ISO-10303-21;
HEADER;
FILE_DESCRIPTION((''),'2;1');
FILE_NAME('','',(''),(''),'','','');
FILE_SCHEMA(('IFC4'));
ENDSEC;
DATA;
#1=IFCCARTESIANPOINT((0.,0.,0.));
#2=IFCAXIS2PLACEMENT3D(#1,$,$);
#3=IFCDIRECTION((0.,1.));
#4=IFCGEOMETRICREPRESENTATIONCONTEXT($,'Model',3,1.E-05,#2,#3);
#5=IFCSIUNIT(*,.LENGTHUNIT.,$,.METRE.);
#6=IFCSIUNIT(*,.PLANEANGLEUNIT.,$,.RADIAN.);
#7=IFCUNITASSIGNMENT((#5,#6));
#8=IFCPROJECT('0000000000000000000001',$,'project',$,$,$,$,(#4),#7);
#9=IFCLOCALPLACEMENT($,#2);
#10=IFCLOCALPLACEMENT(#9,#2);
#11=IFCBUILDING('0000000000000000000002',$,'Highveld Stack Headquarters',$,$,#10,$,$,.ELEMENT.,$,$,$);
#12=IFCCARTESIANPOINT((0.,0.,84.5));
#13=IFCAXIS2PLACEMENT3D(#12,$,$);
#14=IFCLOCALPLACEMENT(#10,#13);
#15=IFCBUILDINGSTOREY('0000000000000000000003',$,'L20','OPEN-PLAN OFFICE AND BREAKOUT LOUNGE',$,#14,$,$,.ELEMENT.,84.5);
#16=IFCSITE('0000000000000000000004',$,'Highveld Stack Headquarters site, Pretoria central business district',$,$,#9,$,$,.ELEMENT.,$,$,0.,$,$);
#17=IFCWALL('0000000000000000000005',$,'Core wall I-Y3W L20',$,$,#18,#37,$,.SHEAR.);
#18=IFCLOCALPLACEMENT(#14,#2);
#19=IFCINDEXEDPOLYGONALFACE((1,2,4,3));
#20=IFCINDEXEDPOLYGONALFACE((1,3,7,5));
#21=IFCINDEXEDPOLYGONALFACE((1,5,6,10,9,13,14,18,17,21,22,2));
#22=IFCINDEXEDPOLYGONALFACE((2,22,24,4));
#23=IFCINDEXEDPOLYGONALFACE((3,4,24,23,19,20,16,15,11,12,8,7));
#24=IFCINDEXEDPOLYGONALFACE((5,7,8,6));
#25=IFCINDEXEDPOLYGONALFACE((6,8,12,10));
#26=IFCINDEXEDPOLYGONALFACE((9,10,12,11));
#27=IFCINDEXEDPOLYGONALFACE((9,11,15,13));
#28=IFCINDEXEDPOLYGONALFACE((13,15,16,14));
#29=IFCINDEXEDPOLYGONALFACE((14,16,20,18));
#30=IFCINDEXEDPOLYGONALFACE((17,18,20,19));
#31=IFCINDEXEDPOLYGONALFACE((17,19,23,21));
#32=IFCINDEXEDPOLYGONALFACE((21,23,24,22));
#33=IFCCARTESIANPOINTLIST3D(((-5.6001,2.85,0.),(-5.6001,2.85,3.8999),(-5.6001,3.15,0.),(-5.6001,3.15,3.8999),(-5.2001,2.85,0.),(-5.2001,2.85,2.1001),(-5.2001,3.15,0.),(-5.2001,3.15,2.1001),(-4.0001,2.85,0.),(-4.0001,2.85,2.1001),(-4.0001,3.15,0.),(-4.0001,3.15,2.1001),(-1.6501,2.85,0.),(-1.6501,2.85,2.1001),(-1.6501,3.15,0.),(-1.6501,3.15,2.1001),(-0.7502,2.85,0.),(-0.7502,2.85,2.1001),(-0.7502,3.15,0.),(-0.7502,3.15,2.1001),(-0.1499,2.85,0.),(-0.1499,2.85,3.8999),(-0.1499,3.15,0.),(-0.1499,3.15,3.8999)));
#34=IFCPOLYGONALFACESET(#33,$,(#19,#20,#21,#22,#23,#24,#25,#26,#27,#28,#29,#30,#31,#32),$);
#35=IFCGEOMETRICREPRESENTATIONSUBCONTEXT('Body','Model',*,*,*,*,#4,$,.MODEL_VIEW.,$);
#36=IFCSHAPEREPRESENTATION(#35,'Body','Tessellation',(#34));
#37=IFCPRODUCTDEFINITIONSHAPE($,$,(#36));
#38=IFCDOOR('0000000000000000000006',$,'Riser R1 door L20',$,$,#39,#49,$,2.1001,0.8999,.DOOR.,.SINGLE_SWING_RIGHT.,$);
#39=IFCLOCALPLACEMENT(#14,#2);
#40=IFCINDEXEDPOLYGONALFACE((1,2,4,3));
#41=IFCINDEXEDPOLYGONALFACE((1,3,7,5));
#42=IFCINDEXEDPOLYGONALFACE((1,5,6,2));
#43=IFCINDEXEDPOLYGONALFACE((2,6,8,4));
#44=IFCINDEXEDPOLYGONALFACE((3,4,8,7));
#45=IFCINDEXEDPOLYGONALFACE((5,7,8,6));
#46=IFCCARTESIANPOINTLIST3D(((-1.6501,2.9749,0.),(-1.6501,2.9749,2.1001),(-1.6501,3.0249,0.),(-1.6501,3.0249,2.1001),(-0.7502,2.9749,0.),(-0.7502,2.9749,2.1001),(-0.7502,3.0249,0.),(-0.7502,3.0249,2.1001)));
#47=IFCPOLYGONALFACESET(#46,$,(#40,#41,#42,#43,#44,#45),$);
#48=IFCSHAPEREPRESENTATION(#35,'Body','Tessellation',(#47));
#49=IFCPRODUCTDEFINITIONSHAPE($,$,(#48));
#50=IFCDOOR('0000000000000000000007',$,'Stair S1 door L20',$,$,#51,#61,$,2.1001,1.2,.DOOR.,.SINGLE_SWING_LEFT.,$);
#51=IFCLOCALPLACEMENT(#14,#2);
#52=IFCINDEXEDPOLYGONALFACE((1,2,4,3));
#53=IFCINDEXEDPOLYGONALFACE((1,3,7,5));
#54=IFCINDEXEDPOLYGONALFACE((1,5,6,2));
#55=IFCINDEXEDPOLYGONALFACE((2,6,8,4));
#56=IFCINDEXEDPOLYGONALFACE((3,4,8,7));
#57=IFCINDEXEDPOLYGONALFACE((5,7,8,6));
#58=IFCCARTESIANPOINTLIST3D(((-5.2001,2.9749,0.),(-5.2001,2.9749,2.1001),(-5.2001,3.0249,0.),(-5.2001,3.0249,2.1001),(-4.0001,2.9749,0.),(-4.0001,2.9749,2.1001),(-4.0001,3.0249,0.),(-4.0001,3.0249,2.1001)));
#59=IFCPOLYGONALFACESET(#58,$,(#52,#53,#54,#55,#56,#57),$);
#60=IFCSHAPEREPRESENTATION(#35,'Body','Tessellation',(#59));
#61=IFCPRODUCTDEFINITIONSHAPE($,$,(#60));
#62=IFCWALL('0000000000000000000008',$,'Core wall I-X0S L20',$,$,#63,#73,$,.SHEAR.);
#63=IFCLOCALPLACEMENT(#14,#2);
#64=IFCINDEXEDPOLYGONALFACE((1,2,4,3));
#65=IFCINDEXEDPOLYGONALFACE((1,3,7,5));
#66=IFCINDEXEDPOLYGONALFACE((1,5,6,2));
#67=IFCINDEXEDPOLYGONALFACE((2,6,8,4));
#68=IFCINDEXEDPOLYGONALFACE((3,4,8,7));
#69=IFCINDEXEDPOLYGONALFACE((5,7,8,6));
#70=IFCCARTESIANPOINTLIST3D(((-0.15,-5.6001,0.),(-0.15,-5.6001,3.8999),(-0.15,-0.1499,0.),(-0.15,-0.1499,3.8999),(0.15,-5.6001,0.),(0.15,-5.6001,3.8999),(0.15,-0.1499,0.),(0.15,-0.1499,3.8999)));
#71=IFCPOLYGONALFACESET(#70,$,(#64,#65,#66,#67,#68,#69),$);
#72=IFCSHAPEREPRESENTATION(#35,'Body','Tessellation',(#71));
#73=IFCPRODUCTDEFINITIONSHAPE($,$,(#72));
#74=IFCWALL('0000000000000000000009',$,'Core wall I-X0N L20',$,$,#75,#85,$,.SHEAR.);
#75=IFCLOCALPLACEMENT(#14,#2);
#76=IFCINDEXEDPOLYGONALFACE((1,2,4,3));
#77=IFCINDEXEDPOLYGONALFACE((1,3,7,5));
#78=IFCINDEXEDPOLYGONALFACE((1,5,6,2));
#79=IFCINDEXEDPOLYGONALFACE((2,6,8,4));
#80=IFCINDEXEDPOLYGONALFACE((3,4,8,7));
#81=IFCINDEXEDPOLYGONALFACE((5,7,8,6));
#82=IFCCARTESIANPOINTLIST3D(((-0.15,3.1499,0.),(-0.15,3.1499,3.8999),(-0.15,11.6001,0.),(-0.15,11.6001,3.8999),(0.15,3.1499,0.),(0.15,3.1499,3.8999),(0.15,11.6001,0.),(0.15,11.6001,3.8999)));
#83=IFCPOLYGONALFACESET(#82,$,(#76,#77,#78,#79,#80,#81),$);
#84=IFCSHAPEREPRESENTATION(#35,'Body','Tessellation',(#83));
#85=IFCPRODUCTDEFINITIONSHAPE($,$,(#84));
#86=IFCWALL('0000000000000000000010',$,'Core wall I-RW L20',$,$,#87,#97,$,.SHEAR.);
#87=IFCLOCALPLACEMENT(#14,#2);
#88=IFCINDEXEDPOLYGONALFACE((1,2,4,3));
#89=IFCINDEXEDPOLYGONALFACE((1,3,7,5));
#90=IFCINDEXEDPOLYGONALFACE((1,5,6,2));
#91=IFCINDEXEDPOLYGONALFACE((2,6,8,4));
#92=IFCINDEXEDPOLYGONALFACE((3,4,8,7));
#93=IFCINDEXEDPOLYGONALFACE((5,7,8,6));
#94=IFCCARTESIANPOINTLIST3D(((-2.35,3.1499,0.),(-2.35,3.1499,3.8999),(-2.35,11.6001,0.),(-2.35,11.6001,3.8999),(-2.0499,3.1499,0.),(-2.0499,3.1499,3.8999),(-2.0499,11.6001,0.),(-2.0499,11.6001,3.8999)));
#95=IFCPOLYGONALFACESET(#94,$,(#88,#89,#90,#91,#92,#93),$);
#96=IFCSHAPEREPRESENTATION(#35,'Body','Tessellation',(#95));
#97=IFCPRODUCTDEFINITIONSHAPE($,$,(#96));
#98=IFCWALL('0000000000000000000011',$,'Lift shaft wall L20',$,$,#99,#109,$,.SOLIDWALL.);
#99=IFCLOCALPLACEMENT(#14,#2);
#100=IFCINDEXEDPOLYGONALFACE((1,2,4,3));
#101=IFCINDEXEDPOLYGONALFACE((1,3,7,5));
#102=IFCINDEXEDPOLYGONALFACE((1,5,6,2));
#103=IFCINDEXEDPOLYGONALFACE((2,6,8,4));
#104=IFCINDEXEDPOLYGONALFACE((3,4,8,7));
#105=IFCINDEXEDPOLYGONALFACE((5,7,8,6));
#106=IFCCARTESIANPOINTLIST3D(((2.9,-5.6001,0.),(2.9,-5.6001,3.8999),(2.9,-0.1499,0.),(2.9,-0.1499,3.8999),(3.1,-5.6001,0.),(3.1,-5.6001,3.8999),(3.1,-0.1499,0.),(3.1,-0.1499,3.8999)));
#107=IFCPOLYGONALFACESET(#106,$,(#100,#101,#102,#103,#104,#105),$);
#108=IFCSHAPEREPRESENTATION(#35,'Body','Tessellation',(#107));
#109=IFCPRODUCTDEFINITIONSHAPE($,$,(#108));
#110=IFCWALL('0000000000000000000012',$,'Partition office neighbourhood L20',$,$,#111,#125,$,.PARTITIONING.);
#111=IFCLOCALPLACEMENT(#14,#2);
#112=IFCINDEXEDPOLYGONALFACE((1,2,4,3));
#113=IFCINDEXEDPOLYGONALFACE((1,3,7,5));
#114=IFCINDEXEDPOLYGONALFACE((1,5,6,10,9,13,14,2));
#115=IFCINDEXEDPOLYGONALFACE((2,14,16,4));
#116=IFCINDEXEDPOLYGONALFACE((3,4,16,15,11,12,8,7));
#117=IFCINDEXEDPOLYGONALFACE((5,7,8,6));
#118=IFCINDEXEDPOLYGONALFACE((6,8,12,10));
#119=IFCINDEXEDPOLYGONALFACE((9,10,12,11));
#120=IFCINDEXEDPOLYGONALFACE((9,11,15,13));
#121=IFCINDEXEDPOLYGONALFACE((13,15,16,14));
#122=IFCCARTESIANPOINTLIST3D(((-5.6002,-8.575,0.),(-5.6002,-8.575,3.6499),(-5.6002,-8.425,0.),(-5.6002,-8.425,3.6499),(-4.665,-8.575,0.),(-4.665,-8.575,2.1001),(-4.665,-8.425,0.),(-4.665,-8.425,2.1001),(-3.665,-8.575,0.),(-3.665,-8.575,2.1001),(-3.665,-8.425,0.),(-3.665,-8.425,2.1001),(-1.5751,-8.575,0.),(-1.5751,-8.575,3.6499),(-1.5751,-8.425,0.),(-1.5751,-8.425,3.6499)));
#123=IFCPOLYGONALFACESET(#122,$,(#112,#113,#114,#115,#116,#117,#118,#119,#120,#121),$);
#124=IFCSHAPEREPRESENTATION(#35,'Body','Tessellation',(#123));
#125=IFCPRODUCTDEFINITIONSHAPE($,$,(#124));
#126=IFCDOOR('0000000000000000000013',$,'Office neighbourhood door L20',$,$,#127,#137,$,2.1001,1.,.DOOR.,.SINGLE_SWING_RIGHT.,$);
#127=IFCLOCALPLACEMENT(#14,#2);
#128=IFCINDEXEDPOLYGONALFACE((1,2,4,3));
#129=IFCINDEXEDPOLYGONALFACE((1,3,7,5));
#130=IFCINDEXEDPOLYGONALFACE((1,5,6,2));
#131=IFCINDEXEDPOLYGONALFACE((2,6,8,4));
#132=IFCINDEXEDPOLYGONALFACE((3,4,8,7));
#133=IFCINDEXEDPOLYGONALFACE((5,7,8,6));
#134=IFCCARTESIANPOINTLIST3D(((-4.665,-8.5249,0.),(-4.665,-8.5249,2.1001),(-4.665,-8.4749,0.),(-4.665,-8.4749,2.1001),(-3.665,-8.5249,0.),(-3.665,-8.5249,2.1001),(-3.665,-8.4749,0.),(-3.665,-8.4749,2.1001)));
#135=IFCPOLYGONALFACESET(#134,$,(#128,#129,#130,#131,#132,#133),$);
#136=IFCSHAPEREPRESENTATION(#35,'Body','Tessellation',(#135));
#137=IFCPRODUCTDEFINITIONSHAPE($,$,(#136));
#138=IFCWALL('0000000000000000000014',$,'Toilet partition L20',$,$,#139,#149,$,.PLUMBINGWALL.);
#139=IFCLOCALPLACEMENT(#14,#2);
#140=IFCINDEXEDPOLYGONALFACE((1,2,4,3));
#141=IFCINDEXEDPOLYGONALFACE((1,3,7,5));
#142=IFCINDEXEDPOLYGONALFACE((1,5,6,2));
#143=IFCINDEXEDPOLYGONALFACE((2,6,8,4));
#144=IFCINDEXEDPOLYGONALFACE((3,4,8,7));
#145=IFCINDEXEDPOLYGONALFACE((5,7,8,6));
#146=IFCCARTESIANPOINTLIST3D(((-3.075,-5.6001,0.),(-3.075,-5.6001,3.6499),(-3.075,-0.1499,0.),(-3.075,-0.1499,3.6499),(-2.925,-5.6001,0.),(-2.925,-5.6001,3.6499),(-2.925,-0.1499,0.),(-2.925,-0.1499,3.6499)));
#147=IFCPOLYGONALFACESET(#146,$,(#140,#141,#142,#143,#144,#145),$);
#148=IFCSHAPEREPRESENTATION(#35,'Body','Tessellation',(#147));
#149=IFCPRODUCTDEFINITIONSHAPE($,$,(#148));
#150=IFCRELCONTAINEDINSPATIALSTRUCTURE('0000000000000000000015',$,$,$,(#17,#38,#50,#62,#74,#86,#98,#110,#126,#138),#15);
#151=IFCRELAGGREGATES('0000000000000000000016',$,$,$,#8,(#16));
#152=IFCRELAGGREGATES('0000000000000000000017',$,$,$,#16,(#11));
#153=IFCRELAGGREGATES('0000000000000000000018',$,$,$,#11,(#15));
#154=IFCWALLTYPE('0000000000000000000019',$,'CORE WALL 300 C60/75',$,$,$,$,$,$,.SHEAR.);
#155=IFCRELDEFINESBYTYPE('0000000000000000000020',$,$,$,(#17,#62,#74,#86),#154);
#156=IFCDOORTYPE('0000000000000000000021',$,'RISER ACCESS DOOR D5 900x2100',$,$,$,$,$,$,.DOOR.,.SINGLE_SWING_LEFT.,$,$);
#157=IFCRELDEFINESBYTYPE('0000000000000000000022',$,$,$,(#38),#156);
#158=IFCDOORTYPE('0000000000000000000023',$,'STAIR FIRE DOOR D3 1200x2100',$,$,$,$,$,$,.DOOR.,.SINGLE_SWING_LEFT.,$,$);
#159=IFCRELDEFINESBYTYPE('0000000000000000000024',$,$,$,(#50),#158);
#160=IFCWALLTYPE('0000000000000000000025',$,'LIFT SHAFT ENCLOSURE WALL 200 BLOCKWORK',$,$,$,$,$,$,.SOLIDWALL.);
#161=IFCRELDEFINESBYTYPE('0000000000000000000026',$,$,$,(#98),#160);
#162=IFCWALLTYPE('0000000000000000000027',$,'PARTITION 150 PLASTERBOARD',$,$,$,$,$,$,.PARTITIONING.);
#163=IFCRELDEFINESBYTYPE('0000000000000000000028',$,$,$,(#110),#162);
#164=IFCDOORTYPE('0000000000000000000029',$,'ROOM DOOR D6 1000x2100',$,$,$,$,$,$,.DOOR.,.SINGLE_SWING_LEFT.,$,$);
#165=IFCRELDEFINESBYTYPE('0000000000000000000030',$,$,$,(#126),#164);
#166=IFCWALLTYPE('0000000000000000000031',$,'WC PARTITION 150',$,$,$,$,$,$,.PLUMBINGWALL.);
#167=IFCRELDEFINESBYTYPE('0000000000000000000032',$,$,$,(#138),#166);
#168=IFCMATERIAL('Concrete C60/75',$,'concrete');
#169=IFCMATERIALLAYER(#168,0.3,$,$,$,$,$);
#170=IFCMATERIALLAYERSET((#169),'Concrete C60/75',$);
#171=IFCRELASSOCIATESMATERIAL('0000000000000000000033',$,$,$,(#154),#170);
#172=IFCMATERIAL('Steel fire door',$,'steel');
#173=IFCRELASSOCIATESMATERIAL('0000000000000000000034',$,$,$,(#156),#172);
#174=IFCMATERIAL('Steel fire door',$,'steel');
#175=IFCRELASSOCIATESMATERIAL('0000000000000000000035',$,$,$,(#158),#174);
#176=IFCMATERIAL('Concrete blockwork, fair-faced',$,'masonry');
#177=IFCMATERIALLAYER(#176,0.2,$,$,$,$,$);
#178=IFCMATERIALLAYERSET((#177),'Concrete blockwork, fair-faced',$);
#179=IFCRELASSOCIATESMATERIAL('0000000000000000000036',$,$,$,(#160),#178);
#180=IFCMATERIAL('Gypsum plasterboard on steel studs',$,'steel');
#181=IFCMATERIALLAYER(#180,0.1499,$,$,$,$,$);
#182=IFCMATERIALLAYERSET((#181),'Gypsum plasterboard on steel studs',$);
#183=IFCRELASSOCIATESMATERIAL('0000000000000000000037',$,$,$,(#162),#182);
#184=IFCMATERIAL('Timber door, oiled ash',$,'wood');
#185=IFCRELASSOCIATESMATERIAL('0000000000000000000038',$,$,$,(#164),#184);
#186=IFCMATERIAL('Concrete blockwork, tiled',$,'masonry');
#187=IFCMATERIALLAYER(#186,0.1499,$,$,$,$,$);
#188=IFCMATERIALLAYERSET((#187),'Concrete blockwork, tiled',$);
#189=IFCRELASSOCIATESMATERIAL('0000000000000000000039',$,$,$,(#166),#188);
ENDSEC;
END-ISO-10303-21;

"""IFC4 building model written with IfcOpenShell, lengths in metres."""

from ifc_helpers import new_model, si_unit, direction, frame, frame_2d, origin, place, context, subcontext, project, spatial, rectangle, extrude, material, layer, layer_set, type_object, element, fill, save


model = new_model("IFC4")

# Units and contexts
model_context = context("Model", 3, precision=1e-05, world=origin(), true_north=direction((0.0, 1.0)))
body_context = subcontext(model_context, "Body", "Model", "MODEL_VIEW")
ifc_project = project(units=[si_unit("LENGTHUNIT", "METRE"), si_unit("PLANEANGLEUNIT", "RADIAN")], contexts=[model_context])

# Site, building, storey
site_placement = place(None, origin())
site = spatial("IfcSite", under=ifc_project, at=site_placement, Name="Highveld Stack Headquarters site, Pretoria central business district", CompositionType="ELEMENT", RefElevation=0.0)
building_placement = place(site_placement, origin())
building = spatial("IfcBuilding", under=site, at=building_placement, Name="Highveld Stack Headquarters", CompositionType="ELEMENT")
storey_placement = place(building_placement, frame((0.0, 0.0, 84.5)))
storey = spatial("IfcBuildingStorey", under=building, at=storey_placement, Name="L20", Description="OPEN-PLAN OFFICE AND BREAKOUT LOUNGE", CompositionType="ELEMENT", Elevation=84.5)

# Wall, openings, doors
ifc_material_1 = material(Name="Concrete C60/75", Category="concrete")
ifc_layer_1 = layer(ifc_material_1, 0.3)
ifc_layer_set_1 = layer_set([ifc_layer_1], Name="Concrete C60/75")
wall_type_1 = type_object("IfcWallType", Name="CORE WALL 300 C60/75", PredefinedType="SHEAR", material=ifc_layer_set_1)
wall_1_placement = place(storey_placement, frame((-5.6001, 3.0, 0.0), z_axis=(0.0, 0.0, 1.0), x_axis=(1.0, 0.0, 0.0)))
wall_1 = element("IfcWall", 1, at=wall_1_placement, inside=storey, type_object=wall_type_1, Name="Core wall I-Y3W L20", PredefinedType="SHEAR", context=body_context, shape_type="SweptSolid", body=[
    extrude(rectangle(XDim=5.4502, YDim=0.3, at=frame_2d((2.7251, 0.0))), origin(), (0.0, 0.0, 1.0), 3.8999),
])
opening_1_placement = place(wall_1_placement, frame((0.3999, 0.0, 0.0)))
opening_1 = element("IfcOpeningElement", 2, at=opening_1_placement, cuts=wall_1, PredefinedType="OPENING", context=body_context, shape_type="SweptSolid", body=[
    extrude(rectangle(XDim=1.2, YDim=2.1001, at=frame_2d((0.6001, 1.05))), frame((0.0, 0.1599, 0.0), z_axis=(0.0, -1.0, 0.0), x_axis=(1.0, 0.0, 0.0)), (0.0, 0.0, 1.0), 0.3201),
])
opening_2_placement = place(wall_1_placement, frame((3.95, 0.0, 0.0)))
opening_2 = element("IfcOpeningElement", 3, at=opening_2_placement, cuts=wall_1, PredefinedType="OPENING", context=body_context, shape_type="SweptSolid", body=[
    extrude(rectangle(XDim=0.8999, YDim=2.1001, at=frame_2d((0.45, 1.05))), frame((0.0, 0.1599, 0.0), z_axis=(0.0, -1.0, 0.0), x_axis=(1.0, 0.0, 0.0)), (0.0, 0.0, 1.0), 0.3201),
])
ifc_material_2 = material(Name="Steel fire door", Category="steel")
door_type_1 = type_object("IfcDoorType", Name="RISER ACCESS DOOR D5 900x2100", OperationType="SINGLE_SWING_LEFT", PredefinedType="DOOR", material=ifc_material_2)
door_1_placement = place(opening_2_placement, origin())
door_1 = element("IfcDoor", 4, at=door_1_placement, inside=storey, type_object=door_type_1, Name="Riser R1 door L20", OperationType="SINGLE_SWING_RIGHT", OverallHeight=2.1001, OverallWidth=0.8999, PredefinedType="DOOR", context=body_context, shape_type="SweptSolid", body=[
    extrude(rectangle(XDim=0.8999, YDim=2.1001, at=frame_2d((0.45, 1.05))), frame((0.0, 0.0249, 0.0), z_axis=(0.0, -1.0, 0.0), x_axis=(1.0, 0.0, 0.0)), (0.0, 0.0, 1.0), 0.05),
])
fill(opening_2, door_1)
ifc_material_3 = material(Name="Steel fire door", Category="steel")
door_type_2 = type_object("IfcDoorType", Name="STAIR FIRE DOOR D3 1200x2100", OperationType="SINGLE_SWING_LEFT", PredefinedType="DOOR", material=ifc_material_3)
door_2_placement = place(opening_1_placement, origin())
door_2 = element("IfcDoor", 5, at=door_2_placement, inside=storey, type_object=door_type_2, Name="Stair S1 door L20", OperationType="SINGLE_SWING_LEFT", OverallHeight=2.1001, OverallWidth=1.2, PredefinedType="DOOR", context=body_context, shape_type="SweptSolid", body=[
    extrude(rectangle(XDim=1.2, YDim=2.1001, at=frame_2d((0.6001, 1.05))), frame((0.0, 0.0249, 0.0), z_axis=(0.0, -1.0, 0.0), x_axis=(1.0, 0.0, 0.0)), (0.0, 0.0, 1.0), 0.05),
])
fill(opening_1, door_2)

# Walls
wall_2_placement = place(storey_placement, frame((0.0, -5.6001, 0.0), z_axis=(0.0, 0.0, 1.0), x_axis=(0.0, 1.0, 0.0)))
element("IfcWall", 6, at=wall_2_placement, inside=storey, type_object=wall_type_1, Name="Core wall I-X0S L20", PredefinedType="SHEAR", context=body_context, shape_type="SweptSolid", body=[
    extrude(rectangle(XDim=5.4502, YDim=0.3, at=frame_2d((2.7251, 0.0))), origin(), (0.0, 0.0, 1.0), 3.8999),
])
for number, where, z_axis, x_axis, name in (
    (7, (0.0, 3.1499, 0.0), (0.0, 0.0, 1.0), (0.0, 1.0, 0.0), "Core wall I-X0N L20"),
    (8, (-2.2, 3.1499, 0.0), (0.0, 0.0, 1.0), (0.0, 1.0, 0.0), "Core wall I-RW L20"),
):
    element("IfcWall", number, at=place(storey_placement, frame(where, z_axis=z_axis, x_axis=x_axis)), inside=storey, type_object=wall_type_1, Name=name, PredefinedType="SHEAR", context=body_context, shape_type="SweptSolid", body=[
        extrude(rectangle(XDim=8.4502, YDim=0.3, at=frame_2d((4.2251, 0.0))), origin(), (0.0, 0.0, 1.0), 3.8999),
    ])
ifc_material_4 = material(Name="Concrete blockwork, fair-faced", Category="masonry")
ifc_layer_2 = layer(ifc_material_4, 0.2)
ifc_layer_set_2 = layer_set([ifc_layer_2], Name="Concrete blockwork, fair-faced")
wall_type_2 = type_object("IfcWallType", Name="LIFT SHAFT ENCLOSURE WALL 200 BLOCKWORK", PredefinedType="SOLIDWALL", material=ifc_layer_set_2)
wall_3_placement = place(storey_placement, frame((3.0, -5.6001, 0.0), z_axis=(0.0, 0.0, 1.0), x_axis=(0.0, 1.0, 0.0)))
element("IfcWall", 9, at=wall_3_placement, inside=storey, type_object=wall_type_2, Name="Lift shaft wall L20", PredefinedType="SOLIDWALL", context=body_context, shape_type="SweptSolid", body=[
    extrude(rectangle(XDim=5.4502, YDim=0.2, at=frame_2d((2.7251, 0.0))), origin(), (0.0, 0.0, 1.0), 3.8999),
])

# Wall, opening, door
ifc_material_5 = material(Name="Gypsum plasterboard on steel studs", Category="steel")
ifc_layer_3 = layer(ifc_material_5, 0.1499)
ifc_layer_set_3 = layer_set([ifc_layer_3], Name="Gypsum plasterboard on steel studs")
wall_type_3 = type_object("IfcWallType", Name="PARTITION 150 PLASTERBOARD", PredefinedType="PARTITIONING", material=ifc_layer_set_3)
wall_4_placement = place(storey_placement, frame((-1.575, -8.5, 0.0), z_axis=(0.0, 0.0, 1.0), x_axis=(-1.0, 0.0, 0.0)))
wall_4 = element("IfcWall", 10, at=wall_4_placement, inside=storey, type_object=wall_type_3, Name="Partition office neighbourhood L20", PredefinedType="PARTITIONING", context=body_context, shape_type="SweptSolid", body=[
    extrude(rectangle(XDim=4.0251, YDim=0.1499, at=frame_2d((2.0127, 0.0))), origin(), (0.0, 0.0, 1.0), 3.6499),
])
opening_3_placement = place(wall_4_placement, frame((2.0901, 0.0, 0.0)))
opening_3 = element("IfcOpeningElement", 11, at=opening_3_placement, cuts=wall_4, PredefinedType="OPENING", context=body_context, shape_type="SweptSolid", body=[
    extrude(rectangle(XDim=1.0, YDim=2.1001, at=frame_2d((0.5, 1.05))), frame((0.0, 0.085, 0.0), z_axis=(0.0, -1.0, 0.0), x_axis=(1.0, 0.0, 0.0)), (0.0, 0.0, 1.0), 0.1699),
])
ifc_material_6 = material(Name="Timber door, oiled ash", Category="wood")
door_type_3 = type_object("IfcDoorType", Name="ROOM DOOR D6 1000x2100", OperationType="SINGLE_SWING_LEFT", PredefinedType="DOOR", material=ifc_material_6)
door_3_placement = place(opening_3_placement, origin())
door_3 = element("IfcDoor", 12, at=door_3_placement, inside=storey, type_object=door_type_3, Name="Office neighbourhood door L20", OperationType="SINGLE_SWING_RIGHT", OverallHeight=2.1001, OverallWidth=1.0, PredefinedType="DOOR", context=body_context, shape_type="SweptSolid", body=[
    extrude(rectangle(XDim=1.0, YDim=2.1001, at=frame_2d((0.5, 1.05))), frame((0.0, 0.0249, 0.0), z_axis=(0.0, -1.0, 0.0), x_axis=(1.0, 0.0, 0.0)), (0.0, 0.0, 1.0), 0.05),
])
fill(opening_3, door_3)

# Wall
ifc_material_7 = material(Name="Concrete blockwork, tiled", Category="masonry")
ifc_layer_4 = layer(ifc_material_7, 0.1499)
ifc_layer_set_4 = layer_set([ifc_layer_4], Name="Concrete blockwork, tiled")
wall_type_4 = type_object("IfcWallType", Name="WC PARTITION 150", PredefinedType="PLUMBINGWALL", material=ifc_layer_set_4)
wall_5_placement = place(storey_placement, frame((-3.0, -5.6001, 0.0), z_axis=(0.0, 0.0, 1.0), x_axis=(0.0, 1.0, 0.0)))
element("IfcWall", 13, at=wall_5_placement, inside=storey, type_object=wall_type_4, Name="Toilet partition L20", PredefinedType="PLUMBINGWALL", context=body_context, shape_type="SweptSolid", body=[
    extrude(rectangle(XDim=5.4502, YDim=0.1499, at=frame_2d((2.7251, 0.0))), origin(), (0.0, 0.0, 1.0), 3.6499),
])

save(model, "model.ifc")
